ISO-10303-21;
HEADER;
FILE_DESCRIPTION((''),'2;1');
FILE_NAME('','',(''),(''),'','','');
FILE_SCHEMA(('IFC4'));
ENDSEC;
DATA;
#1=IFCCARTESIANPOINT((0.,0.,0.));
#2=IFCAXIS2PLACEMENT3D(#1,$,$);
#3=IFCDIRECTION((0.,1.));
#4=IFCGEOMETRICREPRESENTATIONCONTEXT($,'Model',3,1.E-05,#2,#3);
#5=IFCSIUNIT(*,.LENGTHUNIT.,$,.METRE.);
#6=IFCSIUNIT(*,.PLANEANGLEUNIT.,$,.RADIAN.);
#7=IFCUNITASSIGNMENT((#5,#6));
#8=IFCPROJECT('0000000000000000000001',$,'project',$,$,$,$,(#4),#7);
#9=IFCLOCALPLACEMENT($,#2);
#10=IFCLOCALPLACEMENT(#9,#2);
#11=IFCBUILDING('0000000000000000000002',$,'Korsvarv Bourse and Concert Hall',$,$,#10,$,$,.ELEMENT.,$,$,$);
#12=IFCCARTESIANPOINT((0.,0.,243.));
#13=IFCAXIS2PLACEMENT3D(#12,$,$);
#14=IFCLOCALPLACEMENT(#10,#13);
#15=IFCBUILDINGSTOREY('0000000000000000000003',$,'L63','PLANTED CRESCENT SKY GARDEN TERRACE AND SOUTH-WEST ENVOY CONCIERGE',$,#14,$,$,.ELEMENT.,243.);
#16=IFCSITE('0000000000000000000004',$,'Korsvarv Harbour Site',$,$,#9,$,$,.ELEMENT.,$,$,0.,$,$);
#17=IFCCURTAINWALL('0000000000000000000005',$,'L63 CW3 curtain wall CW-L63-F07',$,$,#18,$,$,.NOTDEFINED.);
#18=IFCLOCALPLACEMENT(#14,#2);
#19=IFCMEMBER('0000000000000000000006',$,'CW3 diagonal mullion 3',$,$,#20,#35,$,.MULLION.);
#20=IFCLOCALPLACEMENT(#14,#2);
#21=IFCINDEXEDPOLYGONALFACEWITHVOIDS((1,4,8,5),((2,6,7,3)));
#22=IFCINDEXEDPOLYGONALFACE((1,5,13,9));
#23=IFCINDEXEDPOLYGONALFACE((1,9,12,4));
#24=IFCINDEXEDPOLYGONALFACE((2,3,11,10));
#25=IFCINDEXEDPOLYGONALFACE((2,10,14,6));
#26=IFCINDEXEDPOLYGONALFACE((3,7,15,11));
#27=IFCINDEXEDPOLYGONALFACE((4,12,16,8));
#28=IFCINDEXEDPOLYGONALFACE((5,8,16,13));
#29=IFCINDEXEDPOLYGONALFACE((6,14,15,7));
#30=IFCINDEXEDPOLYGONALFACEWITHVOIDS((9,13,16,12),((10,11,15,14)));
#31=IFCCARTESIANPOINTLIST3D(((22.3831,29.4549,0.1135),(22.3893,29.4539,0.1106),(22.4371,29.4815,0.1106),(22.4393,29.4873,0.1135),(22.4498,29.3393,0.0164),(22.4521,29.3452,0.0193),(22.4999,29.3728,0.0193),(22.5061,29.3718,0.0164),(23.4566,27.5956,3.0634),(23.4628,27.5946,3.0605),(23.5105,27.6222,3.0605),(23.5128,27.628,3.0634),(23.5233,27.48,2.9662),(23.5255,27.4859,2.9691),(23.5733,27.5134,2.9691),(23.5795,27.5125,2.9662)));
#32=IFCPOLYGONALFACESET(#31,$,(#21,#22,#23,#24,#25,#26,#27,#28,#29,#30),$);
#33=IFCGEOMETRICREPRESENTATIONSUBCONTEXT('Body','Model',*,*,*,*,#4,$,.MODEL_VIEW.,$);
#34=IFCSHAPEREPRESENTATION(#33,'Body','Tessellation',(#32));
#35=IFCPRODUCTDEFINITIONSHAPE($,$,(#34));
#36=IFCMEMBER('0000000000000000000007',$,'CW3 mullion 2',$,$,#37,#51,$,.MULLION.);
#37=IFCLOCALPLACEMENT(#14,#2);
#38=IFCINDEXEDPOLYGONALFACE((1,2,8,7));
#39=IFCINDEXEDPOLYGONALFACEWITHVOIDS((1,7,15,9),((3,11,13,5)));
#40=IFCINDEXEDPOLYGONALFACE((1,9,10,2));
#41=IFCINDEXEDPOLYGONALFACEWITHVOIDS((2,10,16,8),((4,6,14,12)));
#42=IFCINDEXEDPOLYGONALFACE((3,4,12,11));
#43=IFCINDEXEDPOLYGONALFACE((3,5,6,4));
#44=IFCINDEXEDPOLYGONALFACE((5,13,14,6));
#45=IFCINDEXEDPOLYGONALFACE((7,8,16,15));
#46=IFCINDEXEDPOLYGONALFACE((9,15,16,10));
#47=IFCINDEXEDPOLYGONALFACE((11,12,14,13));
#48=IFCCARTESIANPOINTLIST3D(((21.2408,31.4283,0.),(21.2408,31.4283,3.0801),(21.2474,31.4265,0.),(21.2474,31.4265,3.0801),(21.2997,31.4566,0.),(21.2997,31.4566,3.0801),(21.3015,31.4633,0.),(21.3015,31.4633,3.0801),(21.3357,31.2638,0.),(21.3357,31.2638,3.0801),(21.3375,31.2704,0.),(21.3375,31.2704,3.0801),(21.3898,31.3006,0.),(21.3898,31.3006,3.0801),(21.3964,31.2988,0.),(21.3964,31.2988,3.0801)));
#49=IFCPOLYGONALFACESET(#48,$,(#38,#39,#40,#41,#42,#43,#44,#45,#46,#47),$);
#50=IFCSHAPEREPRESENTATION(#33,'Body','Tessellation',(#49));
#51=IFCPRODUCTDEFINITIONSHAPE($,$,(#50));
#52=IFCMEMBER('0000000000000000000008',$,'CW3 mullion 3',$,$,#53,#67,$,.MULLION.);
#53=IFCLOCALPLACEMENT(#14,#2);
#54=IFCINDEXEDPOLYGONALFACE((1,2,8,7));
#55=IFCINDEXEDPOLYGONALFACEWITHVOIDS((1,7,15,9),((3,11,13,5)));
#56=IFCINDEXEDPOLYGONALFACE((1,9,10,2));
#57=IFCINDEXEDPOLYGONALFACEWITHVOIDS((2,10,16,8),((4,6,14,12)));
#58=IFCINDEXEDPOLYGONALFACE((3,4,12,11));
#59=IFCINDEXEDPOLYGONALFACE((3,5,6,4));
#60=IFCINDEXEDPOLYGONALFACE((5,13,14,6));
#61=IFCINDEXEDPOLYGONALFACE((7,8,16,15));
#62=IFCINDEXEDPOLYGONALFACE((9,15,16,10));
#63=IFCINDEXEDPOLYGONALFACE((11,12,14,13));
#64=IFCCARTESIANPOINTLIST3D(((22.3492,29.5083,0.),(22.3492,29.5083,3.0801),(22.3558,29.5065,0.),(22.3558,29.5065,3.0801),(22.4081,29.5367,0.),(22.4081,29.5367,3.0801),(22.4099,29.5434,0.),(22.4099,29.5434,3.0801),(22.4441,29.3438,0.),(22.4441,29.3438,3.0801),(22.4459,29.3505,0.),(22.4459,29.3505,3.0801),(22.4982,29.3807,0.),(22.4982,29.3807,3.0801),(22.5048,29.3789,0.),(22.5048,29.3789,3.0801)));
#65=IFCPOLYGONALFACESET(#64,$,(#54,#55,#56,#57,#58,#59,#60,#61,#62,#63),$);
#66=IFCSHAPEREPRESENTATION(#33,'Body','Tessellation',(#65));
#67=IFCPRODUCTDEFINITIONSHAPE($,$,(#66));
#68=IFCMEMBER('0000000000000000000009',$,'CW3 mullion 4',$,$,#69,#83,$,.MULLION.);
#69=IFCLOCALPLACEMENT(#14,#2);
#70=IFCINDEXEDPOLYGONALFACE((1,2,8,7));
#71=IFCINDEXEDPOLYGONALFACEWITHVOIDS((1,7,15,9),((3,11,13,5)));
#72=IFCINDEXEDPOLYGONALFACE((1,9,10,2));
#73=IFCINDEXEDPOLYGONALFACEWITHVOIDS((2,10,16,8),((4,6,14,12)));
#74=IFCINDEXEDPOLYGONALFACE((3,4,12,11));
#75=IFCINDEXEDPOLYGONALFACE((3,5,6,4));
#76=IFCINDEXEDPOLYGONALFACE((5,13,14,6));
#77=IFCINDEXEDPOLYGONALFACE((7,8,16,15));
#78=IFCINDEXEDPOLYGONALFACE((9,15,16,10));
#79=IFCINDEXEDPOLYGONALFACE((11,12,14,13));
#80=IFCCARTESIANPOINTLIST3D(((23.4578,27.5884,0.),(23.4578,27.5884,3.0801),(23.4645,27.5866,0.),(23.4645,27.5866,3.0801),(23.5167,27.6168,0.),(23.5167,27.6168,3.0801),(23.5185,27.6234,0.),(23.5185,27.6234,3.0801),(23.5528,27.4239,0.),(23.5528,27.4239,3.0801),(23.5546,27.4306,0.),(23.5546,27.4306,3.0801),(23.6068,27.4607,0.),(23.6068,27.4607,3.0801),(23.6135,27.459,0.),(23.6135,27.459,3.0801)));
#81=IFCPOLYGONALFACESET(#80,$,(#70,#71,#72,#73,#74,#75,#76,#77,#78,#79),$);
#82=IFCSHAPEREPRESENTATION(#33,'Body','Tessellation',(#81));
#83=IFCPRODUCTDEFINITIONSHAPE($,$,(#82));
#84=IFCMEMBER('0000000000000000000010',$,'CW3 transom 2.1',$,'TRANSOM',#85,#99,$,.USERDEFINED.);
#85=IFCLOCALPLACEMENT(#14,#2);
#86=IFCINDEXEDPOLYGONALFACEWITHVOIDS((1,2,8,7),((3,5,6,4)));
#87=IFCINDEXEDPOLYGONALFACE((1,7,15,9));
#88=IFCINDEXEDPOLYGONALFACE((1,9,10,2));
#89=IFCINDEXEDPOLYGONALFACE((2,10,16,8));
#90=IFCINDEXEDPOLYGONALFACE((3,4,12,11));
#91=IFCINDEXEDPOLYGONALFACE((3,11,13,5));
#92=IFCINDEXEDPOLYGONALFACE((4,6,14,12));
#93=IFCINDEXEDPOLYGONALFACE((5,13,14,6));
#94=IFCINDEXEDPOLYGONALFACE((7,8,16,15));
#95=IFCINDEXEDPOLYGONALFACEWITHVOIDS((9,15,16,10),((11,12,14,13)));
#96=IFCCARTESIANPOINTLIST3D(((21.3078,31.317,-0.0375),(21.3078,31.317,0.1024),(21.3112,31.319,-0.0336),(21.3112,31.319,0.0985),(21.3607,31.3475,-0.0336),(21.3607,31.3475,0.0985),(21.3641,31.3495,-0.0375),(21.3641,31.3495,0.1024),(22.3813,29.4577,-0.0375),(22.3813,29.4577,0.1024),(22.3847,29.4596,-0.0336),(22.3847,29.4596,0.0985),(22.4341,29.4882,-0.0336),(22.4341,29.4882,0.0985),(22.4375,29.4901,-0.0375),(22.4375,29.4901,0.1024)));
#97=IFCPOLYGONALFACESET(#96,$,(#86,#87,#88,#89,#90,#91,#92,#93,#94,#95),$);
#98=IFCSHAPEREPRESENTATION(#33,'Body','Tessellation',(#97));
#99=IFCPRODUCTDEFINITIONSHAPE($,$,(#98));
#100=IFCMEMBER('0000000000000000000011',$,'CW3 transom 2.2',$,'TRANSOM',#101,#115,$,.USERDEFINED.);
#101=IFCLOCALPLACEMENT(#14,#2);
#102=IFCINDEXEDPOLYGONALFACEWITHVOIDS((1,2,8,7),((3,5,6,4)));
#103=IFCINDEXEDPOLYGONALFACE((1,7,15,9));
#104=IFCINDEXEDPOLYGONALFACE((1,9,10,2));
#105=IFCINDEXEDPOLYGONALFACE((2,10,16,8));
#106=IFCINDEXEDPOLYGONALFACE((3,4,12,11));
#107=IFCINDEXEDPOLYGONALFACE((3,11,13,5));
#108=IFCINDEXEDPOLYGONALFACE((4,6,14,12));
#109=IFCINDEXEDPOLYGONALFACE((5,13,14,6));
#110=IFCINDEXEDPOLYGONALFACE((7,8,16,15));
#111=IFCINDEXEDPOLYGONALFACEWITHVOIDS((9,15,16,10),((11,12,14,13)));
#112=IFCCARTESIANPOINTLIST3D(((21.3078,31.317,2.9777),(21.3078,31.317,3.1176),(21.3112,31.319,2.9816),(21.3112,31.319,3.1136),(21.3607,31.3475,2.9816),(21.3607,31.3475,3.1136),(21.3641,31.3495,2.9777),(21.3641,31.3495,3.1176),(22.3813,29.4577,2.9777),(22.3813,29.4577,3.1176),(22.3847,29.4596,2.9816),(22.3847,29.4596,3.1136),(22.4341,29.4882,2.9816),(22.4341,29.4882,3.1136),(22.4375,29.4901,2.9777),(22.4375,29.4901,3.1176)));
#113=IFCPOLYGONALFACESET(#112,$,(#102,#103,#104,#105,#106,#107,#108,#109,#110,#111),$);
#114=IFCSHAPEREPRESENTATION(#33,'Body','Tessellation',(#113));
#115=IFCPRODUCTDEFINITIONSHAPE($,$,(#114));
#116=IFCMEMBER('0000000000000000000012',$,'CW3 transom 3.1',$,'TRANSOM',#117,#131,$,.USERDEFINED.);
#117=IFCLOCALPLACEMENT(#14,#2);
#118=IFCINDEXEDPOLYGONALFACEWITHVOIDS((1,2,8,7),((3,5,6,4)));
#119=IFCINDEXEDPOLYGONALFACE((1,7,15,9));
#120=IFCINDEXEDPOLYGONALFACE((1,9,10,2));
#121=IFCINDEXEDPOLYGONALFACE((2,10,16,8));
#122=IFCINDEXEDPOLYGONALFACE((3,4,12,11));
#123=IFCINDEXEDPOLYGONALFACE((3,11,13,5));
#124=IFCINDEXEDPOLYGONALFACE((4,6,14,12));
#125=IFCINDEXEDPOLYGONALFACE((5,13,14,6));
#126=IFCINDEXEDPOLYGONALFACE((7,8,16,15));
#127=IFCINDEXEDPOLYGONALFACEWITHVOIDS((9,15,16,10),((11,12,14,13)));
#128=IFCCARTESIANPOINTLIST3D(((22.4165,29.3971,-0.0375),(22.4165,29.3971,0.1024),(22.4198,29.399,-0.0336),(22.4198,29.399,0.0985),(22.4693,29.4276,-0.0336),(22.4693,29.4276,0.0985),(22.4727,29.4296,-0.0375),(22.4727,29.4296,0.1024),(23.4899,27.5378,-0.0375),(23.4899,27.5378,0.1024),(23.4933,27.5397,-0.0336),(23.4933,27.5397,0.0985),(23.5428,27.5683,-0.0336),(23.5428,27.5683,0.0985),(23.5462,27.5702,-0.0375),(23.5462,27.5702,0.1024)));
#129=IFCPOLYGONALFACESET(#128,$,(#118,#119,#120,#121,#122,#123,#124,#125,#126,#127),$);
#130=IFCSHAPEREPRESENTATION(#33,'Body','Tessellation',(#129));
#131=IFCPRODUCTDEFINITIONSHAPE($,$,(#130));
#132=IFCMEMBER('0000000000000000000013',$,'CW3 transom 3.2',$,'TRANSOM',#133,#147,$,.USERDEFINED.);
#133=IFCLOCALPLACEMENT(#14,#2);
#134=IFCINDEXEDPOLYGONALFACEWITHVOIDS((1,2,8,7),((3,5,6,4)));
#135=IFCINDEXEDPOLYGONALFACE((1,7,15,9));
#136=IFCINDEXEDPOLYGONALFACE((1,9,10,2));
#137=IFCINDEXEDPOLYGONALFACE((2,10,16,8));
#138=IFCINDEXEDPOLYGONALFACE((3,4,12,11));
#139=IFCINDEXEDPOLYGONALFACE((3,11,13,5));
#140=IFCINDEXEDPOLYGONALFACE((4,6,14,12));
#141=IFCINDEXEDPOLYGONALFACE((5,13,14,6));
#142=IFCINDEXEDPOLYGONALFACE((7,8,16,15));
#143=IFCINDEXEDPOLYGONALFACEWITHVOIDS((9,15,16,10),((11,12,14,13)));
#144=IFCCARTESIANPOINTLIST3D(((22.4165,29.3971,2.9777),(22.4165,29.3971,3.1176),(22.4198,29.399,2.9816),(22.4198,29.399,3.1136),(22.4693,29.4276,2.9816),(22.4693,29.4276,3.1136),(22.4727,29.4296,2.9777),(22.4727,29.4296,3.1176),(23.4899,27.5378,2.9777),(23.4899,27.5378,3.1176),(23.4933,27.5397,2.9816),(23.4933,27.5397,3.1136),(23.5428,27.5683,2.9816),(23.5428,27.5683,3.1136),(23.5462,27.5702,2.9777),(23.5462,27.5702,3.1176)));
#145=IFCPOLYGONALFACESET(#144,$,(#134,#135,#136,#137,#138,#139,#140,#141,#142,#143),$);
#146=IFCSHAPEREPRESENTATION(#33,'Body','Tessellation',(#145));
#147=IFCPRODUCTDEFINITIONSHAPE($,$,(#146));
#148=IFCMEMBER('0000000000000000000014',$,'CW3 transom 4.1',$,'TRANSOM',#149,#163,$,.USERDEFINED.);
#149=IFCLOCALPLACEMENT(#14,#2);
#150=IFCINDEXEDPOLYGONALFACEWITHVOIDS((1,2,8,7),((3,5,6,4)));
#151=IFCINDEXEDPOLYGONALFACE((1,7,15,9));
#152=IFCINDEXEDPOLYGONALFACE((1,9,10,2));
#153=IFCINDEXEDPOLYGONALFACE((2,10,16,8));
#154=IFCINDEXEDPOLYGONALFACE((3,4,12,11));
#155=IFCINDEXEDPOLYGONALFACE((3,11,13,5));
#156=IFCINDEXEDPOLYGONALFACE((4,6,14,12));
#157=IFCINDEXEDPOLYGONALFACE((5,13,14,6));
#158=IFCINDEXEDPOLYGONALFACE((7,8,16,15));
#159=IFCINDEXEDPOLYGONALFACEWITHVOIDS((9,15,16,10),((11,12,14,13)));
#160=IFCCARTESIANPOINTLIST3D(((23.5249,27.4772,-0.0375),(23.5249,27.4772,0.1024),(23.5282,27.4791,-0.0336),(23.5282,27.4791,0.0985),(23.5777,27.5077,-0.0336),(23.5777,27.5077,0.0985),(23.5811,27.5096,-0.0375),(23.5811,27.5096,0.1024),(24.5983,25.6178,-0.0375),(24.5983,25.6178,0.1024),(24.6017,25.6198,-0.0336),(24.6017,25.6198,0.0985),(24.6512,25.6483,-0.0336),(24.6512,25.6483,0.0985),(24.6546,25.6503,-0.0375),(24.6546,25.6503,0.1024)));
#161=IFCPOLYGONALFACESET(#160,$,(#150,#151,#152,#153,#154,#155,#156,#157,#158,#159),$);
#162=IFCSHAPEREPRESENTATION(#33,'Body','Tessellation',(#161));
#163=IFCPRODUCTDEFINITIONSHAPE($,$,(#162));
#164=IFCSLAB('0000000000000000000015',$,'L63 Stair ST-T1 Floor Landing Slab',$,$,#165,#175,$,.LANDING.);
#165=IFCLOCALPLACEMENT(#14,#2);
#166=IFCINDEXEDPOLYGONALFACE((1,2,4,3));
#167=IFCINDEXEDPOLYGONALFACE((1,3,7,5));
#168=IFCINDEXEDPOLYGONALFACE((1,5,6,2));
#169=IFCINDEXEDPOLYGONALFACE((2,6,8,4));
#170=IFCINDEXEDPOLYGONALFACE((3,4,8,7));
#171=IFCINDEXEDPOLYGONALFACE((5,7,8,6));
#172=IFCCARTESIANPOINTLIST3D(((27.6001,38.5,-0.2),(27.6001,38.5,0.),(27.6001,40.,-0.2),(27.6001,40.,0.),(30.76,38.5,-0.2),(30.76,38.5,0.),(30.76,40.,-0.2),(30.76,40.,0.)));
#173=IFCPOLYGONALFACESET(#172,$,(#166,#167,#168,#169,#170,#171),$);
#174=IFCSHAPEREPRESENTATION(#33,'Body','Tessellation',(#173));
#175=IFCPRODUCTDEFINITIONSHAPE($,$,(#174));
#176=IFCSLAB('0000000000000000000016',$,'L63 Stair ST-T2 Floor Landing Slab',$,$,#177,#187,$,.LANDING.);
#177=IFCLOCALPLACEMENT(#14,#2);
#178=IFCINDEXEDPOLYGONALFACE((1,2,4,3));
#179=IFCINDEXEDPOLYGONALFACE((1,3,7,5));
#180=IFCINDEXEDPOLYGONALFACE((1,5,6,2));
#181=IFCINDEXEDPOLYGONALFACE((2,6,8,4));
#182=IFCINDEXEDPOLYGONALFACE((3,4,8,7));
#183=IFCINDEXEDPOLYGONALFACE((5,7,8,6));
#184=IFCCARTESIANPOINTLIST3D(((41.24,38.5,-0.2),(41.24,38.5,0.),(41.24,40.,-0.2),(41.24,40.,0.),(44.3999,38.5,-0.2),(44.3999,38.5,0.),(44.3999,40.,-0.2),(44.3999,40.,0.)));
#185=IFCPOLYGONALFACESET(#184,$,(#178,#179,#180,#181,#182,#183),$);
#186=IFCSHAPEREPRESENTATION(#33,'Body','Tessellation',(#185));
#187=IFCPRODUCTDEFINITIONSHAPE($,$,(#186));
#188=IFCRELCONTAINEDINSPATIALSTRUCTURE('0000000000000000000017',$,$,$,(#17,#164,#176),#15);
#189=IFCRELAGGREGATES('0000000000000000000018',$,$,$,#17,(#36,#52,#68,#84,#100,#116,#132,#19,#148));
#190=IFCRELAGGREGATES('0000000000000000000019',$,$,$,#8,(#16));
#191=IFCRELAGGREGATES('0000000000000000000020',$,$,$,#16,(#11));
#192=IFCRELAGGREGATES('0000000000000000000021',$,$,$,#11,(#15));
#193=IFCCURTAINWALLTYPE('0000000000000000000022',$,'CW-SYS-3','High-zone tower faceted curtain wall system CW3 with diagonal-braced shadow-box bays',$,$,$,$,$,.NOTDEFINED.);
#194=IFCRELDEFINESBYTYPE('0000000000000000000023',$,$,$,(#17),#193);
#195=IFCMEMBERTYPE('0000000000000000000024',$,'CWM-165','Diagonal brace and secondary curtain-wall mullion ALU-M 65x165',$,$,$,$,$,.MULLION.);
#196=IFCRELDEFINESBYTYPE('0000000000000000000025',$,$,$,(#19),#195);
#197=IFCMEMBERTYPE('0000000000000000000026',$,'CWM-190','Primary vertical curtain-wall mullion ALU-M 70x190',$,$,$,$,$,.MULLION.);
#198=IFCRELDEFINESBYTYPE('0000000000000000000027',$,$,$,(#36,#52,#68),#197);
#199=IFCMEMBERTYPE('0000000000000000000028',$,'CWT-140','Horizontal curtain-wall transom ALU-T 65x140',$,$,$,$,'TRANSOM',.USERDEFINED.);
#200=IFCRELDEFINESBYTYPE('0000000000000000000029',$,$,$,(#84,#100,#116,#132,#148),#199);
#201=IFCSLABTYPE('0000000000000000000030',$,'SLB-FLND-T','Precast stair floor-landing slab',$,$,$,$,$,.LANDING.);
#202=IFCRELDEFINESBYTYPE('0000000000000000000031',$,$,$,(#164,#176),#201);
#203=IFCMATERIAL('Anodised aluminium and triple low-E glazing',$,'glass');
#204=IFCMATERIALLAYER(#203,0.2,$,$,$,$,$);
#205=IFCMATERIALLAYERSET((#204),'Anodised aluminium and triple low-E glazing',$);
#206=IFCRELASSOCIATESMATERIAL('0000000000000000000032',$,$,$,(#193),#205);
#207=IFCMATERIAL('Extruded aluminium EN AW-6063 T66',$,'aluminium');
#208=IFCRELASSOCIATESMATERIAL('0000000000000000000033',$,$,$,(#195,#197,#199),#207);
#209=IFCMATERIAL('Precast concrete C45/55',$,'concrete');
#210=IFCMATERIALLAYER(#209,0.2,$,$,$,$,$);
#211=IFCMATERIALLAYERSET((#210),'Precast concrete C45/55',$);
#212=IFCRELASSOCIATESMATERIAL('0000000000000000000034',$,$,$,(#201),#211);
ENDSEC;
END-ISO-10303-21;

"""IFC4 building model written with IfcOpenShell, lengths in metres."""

from ifc_helpers import new_model, si_unit, direction, frame, origin, origin_2d, place, context, subcontext, project, spatial, polyline, hollow_rectangle, outline, extrude, source, transform, mapped, material, layer, layer_set, material_profile, profile_set, type_object, element, aggregate, save


model = new_model("IFC4")

# Units and contexts
model_context = context("Model", 3, precision=1e-05, world=origin(), true_north=direction((0.0, 1.0)))
body_context = subcontext(model_context, "Body", "Model", "MODEL_VIEW")
ifc_project = project(units=[si_unit("LENGTHUNIT", "METRE"), si_unit("PLANEANGLEUNIT", "RADIAN")], contexts=[model_context])

# Site, building, storey
site_placement = place(None, origin())
site = spatial("IfcSite", under=ifc_project, at=site_placement, Name="Korsvarv Harbour Site", CompositionType="ELEMENT", RefElevation=0.0)
building_placement = place(site_placement, origin())
building = spatial("IfcBuilding", under=site, at=building_placement, Name="Korsvarv Bourse and Concert Hall", CompositionType="ELEMENT")
storey_placement = place(building_placement, frame((0.0, 0.0, 243.0)))
storey = spatial("IfcBuildingStorey", under=building, at=storey_placement, Name="L63", Description="PLANTED CRESCENT SKY GARDEN TERRACE AND SOUTH-WEST ENVOY CONCIERGE", CompositionType="ELEMENT", Elevation=243.0)

# Curtain wall, members
ifc_material_1 = material(Name="Anodised aluminium and triple low-E glazing", Category="glass")
ifc_layer_1 = layer(ifc_material_1, 0.2)
ifc_layer_set_1 = layer_set([ifc_layer_1], Name="Anodised aluminium and triple low-E glazing")
curtain_wall_type = type_object("IfcCurtainWallType", Name="CW-SYS-3", Description="High-zone tower faceted curtain wall system CW3 with diagonal-braced shadow-box bays", PredefinedType="NOTDEFINED", material=ifc_layer_set_1)
curtain_wall_placement = place(storey_placement, origin())
curtain_wall = element("IfcCurtainWall", 1, at=curtain_wall_placement, inside=storey, type_object=curtain_wall_type, Name="L63 CW3 curtain wall CW-L63-F07", PredefinedType="NOTDEFINED")
ifc_material_2 = material(Name="Extruded aluminium EN AW-6063 T66", Category="aluminium")
ifc_material_profile_1 = material_profile(ifc_material_2, hollow_rectangle(XDim=0.0649, YDim=0.165, WallThickness=0.0049, at=origin_2d()), Name="ALU-M 65x165")
ifc_profile_set_1 = profile_set([ifc_material_profile_1], Name="Extruded aluminium EN AW-6063 T66")
member_type_1 = type_object("IfcMemberType", Name="CWM-165", Description="Diagonal brace and secondary curtain-wall mullion ALU-M 65x165", PredefinedType="MULLION", material=ifc_profile_set_1)
shared_shape_1 = source(origin(), body_context, "Body", "SweptSolid", [
    extrude(hollow_rectangle(XDim=0.0649, YDim=0.165, WallThickness=0.0049, at=origin_2d()), origin(), (0.0, 0.0, 1.0), 3.6484),
])
member_1_placement = place(storey_placement, frame((22.4446, 29.4133, 0.0649), z_axis=(0.294223, -0.509621, 0.808529), x_axis=(0.86603, 0.499992, 0.0)))
member_1 = element("IfcMember", 2, at=member_1_placement, type_object=member_type_1, Name="CW3 diagonal mullion 3", PredefinedType="MULLION", context=body_context, shape_type="MappedRepresentation", body=[
    mapped(shared_shape_1, transform((0.0, 0.0, 0.0), scale=1.0)),
])
ifc_material_profile_2 = material_profile(ifc_material_2, hollow_rectangle(XDim=0.0701, YDim=0.1899, WallThickness=0.0049, at=origin_2d()), Name="ALU-M 70x190")
ifc_profile_set_2 = profile_set([ifc_material_profile_2], Name="Extruded aluminium EN AW-6063 T66")
member_type_2 = type_object("IfcMemberType", Name="CWM-190", Description="Primary vertical curtain-wall mullion ALU-M 70x190", PredefinedType="MULLION", material=ifc_profile_set_2)
shared_shape_2 = source(origin(), body_context, "Body", "SweptSolid", [
    extrude(hollow_rectangle(XDim=0.0701, YDim=0.1899, WallThickness=0.0049, at=origin_2d()), origin(), (0.0, 0.0, 1.0), 3.0801),
])
member_2_placement = place(storey_placement, frame((21.3186, 31.3635, 0.0), z_axis=(0.0, 0.0, 1.0), x_axis=(0.866022, 0.500006, 0.0)))
member_2 = element("IfcMember", 3, at=member_2_placement, type_object=member_type_2, Name="CW3 mullion 2", PredefinedType="MULLION", context=body_context, shape_type="MappedRepresentation", body=[
    mapped(shared_shape_2, transform((0.0, 0.0, 0.0), scale=1.0)),
])
member_3_placement = place(storey_placement, frame((22.427, 29.4436, 0.0), z_axis=(0.0, 0.0, 1.0), x_axis=(0.866022, 0.500006, 0.0)))
member_3 = element("IfcMember", 4, at=member_3_placement, type_object=member_type_2, Name="CW3 mullion 3", PredefinedType="MULLION", context=body_context, shape_type="MappedRepresentation", body=[
    mapped(shared_shape_2, transform((0.0, 0.0, 0.0), scale=1.0)),
])
member_4_placement = place(storey_placement, frame((23.5356, 27.5237, 0.0), z_axis=(0.0, 0.0, 1.0), x_axis=(0.866022, 0.500006, 0.0)))
member_4 = element("IfcMember", 5, at=member_4_placement, type_object=member_type_2, Name="CW3 mullion 4", PredefinedType="MULLION", context=body_context, shape_type="MappedRepresentation", body=[
    mapped(shared_shape_2, transform((0.0, 0.0, 0.0), scale=1.0)),
])
ifc_material_profile_3 = material_profile(ifc_material_2, hollow_rectangle(XDim=0.0649, YDim=0.1399, WallThickness=0.0039, at=origin_2d()), Name="ALU-T 65x140")
ifc_profile_set_3 = profile_set([ifc_material_profile_3], Name="Extruded aluminium EN AW-6063 T66")
member_type_3 = type_object("IfcMemberType", Name="CWT-140", Description="Horizontal curtain-wall transom ALU-T 65x140", ElementType="TRANSOM", PredefinedType="USERDEFINED", material=ifc_profile_set_3)
shared_shape_3 = source(origin(), body_context, "Body", "SweptSolid", [
    extrude(hollow_rectangle(XDim=0.0649, YDim=0.1399, WallThickness=0.0039, at=origin_2d()), origin(), (0.0, 0.0, 1.0), 2.147),
])
member_5_placement = place(storey_placement, frame((21.3359, 31.3333, 0.0325), z_axis=(0.499992, -0.86603, 0.0), x_axis=(0.86603, 0.499992, 0.0)))
member_5 = element("IfcMember", 6, at=member_5_placement, type_object=member_type_3, Name="CW3 transom 2.1", ObjectType="TRANSOM", PredefinedType="USERDEFINED", context=body_context, shape_type="MappedRepresentation", body=[
    mapped(shared_shape_3, transform((0.0, 0.0, 0.0), scale=1.0)),
])
member_6_placement = place(storey_placement, frame((21.3359, 31.3333, 3.0476), z_axis=(0.499992, -0.86603, 0.0), x_axis=(0.86603, 0.499992, 0.0)))
member_6 = element("IfcMember", 7, at=member_6_placement, type_object=member_type_3, Name="CW3 transom 2.2", ObjectType="TRANSOM", PredefinedType="USERDEFINED", context=body_context, shape_type="MappedRepresentation", body=[
    mapped(shared_shape_3, transform((0.0, 0.0, 0.0), scale=1.0)),
])
member_7_placement = place(storey_placement, frame((22.4446, 29.4133, 0.0325), z_axis=(0.499992, -0.86603, 0.0), x_axis=(0.86603, 0.499992, 0.0)))
member_7 = element("IfcMember", 8, at=member_7_placement, type_object=member_type_3, Name="CW3 transom 3.1", ObjectType="TRANSOM", PredefinedType="USERDEFINED", context=body_context, shape_type="MappedRepresentation", body=[
    mapped(shared_shape_3, transform((0.0, 0.0, 0.0), scale=1.0)),
])
member_8_placement = place(storey_placement, frame((22.4446, 29.4133, 3.0476), z_axis=(0.499992, -0.86603, 0.0), x_axis=(0.86603, 0.499992, 0.0)))
member_8 = element("IfcMember", 9, at=member_8_placement, type_object=member_type_3, Name="CW3 transom 3.2", ObjectType="TRANSOM", PredefinedType="USERDEFINED", context=body_context, shape_type="MappedRepresentation", body=[
    mapped(shared_shape_3, transform((0.0, 0.0, 0.0), scale=1.0)),
])
member_9_placement = place(storey_placement, frame((23.553, 27.4934, 0.0325), z_axis=(0.499992, -0.86603, 0.0), x_axis=(0.86603, 0.499992, 0.0)))
member_9 = element("IfcMember", 10, at=member_9_placement, type_object=member_type_3, Name="CW3 transom 4.1", ObjectType="TRANSOM", PredefinedType="USERDEFINED", context=body_context, shape_type="MappedRepresentation", body=[
    mapped(shared_shape_3, transform((0.0, 0.0, 0.0), scale=1.0)),
])

# Slabs
ifc_material_3 = material(Name="Precast concrete C45/55", Category="concrete")
ifc_layer_2 = layer(ifc_material_3, 0.2)
ifc_layer_set_2 = layer_set([ifc_layer_2], Name="Precast concrete C45/55")
slab_type_1 = type_object("IfcSlabType", Name="SLB-FLND-T", Description="Precast stair floor-landing slab", PredefinedType="LANDING", material=ifc_layer_set_2)
slab_1_placement = place(storey_placement, frame((0.0, 0.0, -0.2)))
element("IfcSlab", 11, at=slab_1_placement, inside=storey, type_object=slab_type_1, Name="L63 Stair ST-T1 Floor Landing Slab", PredefinedType="LANDING", context=body_context, shape_type="SweptSolid", body=[
    extrude(outline(polyline([(30.76, 38.5), (30.76, 40.0), (27.6001, 40.0), (27.6001, 38.5), (30.76, 38.5)])), origin(), (0.0, 0.0, 1.0), 0.2),
])
slab_2_placement = place(storey_placement, frame((0.0, 0.0, -0.2)))
element("IfcSlab", 12, at=slab_2_placement, inside=storey, type_object=slab_type_1, Name="L63 Stair ST-T2 Floor Landing Slab", PredefinedType="LANDING", context=body_context, shape_type="SweptSolid", body=[
    extrude(outline(polyline([(44.3999, 38.5), (44.3999, 40.0), (41.24, 40.0), (41.24, 38.5), (44.3999, 38.5)])), origin(), (0.0, 0.0, 1.0), 0.2),
])

aggregate(curtain_wall, [member_2, member_3, member_4, member_5, member_6, member_7, member_8, member_1, member_9])

save(model, "model.ifc")
